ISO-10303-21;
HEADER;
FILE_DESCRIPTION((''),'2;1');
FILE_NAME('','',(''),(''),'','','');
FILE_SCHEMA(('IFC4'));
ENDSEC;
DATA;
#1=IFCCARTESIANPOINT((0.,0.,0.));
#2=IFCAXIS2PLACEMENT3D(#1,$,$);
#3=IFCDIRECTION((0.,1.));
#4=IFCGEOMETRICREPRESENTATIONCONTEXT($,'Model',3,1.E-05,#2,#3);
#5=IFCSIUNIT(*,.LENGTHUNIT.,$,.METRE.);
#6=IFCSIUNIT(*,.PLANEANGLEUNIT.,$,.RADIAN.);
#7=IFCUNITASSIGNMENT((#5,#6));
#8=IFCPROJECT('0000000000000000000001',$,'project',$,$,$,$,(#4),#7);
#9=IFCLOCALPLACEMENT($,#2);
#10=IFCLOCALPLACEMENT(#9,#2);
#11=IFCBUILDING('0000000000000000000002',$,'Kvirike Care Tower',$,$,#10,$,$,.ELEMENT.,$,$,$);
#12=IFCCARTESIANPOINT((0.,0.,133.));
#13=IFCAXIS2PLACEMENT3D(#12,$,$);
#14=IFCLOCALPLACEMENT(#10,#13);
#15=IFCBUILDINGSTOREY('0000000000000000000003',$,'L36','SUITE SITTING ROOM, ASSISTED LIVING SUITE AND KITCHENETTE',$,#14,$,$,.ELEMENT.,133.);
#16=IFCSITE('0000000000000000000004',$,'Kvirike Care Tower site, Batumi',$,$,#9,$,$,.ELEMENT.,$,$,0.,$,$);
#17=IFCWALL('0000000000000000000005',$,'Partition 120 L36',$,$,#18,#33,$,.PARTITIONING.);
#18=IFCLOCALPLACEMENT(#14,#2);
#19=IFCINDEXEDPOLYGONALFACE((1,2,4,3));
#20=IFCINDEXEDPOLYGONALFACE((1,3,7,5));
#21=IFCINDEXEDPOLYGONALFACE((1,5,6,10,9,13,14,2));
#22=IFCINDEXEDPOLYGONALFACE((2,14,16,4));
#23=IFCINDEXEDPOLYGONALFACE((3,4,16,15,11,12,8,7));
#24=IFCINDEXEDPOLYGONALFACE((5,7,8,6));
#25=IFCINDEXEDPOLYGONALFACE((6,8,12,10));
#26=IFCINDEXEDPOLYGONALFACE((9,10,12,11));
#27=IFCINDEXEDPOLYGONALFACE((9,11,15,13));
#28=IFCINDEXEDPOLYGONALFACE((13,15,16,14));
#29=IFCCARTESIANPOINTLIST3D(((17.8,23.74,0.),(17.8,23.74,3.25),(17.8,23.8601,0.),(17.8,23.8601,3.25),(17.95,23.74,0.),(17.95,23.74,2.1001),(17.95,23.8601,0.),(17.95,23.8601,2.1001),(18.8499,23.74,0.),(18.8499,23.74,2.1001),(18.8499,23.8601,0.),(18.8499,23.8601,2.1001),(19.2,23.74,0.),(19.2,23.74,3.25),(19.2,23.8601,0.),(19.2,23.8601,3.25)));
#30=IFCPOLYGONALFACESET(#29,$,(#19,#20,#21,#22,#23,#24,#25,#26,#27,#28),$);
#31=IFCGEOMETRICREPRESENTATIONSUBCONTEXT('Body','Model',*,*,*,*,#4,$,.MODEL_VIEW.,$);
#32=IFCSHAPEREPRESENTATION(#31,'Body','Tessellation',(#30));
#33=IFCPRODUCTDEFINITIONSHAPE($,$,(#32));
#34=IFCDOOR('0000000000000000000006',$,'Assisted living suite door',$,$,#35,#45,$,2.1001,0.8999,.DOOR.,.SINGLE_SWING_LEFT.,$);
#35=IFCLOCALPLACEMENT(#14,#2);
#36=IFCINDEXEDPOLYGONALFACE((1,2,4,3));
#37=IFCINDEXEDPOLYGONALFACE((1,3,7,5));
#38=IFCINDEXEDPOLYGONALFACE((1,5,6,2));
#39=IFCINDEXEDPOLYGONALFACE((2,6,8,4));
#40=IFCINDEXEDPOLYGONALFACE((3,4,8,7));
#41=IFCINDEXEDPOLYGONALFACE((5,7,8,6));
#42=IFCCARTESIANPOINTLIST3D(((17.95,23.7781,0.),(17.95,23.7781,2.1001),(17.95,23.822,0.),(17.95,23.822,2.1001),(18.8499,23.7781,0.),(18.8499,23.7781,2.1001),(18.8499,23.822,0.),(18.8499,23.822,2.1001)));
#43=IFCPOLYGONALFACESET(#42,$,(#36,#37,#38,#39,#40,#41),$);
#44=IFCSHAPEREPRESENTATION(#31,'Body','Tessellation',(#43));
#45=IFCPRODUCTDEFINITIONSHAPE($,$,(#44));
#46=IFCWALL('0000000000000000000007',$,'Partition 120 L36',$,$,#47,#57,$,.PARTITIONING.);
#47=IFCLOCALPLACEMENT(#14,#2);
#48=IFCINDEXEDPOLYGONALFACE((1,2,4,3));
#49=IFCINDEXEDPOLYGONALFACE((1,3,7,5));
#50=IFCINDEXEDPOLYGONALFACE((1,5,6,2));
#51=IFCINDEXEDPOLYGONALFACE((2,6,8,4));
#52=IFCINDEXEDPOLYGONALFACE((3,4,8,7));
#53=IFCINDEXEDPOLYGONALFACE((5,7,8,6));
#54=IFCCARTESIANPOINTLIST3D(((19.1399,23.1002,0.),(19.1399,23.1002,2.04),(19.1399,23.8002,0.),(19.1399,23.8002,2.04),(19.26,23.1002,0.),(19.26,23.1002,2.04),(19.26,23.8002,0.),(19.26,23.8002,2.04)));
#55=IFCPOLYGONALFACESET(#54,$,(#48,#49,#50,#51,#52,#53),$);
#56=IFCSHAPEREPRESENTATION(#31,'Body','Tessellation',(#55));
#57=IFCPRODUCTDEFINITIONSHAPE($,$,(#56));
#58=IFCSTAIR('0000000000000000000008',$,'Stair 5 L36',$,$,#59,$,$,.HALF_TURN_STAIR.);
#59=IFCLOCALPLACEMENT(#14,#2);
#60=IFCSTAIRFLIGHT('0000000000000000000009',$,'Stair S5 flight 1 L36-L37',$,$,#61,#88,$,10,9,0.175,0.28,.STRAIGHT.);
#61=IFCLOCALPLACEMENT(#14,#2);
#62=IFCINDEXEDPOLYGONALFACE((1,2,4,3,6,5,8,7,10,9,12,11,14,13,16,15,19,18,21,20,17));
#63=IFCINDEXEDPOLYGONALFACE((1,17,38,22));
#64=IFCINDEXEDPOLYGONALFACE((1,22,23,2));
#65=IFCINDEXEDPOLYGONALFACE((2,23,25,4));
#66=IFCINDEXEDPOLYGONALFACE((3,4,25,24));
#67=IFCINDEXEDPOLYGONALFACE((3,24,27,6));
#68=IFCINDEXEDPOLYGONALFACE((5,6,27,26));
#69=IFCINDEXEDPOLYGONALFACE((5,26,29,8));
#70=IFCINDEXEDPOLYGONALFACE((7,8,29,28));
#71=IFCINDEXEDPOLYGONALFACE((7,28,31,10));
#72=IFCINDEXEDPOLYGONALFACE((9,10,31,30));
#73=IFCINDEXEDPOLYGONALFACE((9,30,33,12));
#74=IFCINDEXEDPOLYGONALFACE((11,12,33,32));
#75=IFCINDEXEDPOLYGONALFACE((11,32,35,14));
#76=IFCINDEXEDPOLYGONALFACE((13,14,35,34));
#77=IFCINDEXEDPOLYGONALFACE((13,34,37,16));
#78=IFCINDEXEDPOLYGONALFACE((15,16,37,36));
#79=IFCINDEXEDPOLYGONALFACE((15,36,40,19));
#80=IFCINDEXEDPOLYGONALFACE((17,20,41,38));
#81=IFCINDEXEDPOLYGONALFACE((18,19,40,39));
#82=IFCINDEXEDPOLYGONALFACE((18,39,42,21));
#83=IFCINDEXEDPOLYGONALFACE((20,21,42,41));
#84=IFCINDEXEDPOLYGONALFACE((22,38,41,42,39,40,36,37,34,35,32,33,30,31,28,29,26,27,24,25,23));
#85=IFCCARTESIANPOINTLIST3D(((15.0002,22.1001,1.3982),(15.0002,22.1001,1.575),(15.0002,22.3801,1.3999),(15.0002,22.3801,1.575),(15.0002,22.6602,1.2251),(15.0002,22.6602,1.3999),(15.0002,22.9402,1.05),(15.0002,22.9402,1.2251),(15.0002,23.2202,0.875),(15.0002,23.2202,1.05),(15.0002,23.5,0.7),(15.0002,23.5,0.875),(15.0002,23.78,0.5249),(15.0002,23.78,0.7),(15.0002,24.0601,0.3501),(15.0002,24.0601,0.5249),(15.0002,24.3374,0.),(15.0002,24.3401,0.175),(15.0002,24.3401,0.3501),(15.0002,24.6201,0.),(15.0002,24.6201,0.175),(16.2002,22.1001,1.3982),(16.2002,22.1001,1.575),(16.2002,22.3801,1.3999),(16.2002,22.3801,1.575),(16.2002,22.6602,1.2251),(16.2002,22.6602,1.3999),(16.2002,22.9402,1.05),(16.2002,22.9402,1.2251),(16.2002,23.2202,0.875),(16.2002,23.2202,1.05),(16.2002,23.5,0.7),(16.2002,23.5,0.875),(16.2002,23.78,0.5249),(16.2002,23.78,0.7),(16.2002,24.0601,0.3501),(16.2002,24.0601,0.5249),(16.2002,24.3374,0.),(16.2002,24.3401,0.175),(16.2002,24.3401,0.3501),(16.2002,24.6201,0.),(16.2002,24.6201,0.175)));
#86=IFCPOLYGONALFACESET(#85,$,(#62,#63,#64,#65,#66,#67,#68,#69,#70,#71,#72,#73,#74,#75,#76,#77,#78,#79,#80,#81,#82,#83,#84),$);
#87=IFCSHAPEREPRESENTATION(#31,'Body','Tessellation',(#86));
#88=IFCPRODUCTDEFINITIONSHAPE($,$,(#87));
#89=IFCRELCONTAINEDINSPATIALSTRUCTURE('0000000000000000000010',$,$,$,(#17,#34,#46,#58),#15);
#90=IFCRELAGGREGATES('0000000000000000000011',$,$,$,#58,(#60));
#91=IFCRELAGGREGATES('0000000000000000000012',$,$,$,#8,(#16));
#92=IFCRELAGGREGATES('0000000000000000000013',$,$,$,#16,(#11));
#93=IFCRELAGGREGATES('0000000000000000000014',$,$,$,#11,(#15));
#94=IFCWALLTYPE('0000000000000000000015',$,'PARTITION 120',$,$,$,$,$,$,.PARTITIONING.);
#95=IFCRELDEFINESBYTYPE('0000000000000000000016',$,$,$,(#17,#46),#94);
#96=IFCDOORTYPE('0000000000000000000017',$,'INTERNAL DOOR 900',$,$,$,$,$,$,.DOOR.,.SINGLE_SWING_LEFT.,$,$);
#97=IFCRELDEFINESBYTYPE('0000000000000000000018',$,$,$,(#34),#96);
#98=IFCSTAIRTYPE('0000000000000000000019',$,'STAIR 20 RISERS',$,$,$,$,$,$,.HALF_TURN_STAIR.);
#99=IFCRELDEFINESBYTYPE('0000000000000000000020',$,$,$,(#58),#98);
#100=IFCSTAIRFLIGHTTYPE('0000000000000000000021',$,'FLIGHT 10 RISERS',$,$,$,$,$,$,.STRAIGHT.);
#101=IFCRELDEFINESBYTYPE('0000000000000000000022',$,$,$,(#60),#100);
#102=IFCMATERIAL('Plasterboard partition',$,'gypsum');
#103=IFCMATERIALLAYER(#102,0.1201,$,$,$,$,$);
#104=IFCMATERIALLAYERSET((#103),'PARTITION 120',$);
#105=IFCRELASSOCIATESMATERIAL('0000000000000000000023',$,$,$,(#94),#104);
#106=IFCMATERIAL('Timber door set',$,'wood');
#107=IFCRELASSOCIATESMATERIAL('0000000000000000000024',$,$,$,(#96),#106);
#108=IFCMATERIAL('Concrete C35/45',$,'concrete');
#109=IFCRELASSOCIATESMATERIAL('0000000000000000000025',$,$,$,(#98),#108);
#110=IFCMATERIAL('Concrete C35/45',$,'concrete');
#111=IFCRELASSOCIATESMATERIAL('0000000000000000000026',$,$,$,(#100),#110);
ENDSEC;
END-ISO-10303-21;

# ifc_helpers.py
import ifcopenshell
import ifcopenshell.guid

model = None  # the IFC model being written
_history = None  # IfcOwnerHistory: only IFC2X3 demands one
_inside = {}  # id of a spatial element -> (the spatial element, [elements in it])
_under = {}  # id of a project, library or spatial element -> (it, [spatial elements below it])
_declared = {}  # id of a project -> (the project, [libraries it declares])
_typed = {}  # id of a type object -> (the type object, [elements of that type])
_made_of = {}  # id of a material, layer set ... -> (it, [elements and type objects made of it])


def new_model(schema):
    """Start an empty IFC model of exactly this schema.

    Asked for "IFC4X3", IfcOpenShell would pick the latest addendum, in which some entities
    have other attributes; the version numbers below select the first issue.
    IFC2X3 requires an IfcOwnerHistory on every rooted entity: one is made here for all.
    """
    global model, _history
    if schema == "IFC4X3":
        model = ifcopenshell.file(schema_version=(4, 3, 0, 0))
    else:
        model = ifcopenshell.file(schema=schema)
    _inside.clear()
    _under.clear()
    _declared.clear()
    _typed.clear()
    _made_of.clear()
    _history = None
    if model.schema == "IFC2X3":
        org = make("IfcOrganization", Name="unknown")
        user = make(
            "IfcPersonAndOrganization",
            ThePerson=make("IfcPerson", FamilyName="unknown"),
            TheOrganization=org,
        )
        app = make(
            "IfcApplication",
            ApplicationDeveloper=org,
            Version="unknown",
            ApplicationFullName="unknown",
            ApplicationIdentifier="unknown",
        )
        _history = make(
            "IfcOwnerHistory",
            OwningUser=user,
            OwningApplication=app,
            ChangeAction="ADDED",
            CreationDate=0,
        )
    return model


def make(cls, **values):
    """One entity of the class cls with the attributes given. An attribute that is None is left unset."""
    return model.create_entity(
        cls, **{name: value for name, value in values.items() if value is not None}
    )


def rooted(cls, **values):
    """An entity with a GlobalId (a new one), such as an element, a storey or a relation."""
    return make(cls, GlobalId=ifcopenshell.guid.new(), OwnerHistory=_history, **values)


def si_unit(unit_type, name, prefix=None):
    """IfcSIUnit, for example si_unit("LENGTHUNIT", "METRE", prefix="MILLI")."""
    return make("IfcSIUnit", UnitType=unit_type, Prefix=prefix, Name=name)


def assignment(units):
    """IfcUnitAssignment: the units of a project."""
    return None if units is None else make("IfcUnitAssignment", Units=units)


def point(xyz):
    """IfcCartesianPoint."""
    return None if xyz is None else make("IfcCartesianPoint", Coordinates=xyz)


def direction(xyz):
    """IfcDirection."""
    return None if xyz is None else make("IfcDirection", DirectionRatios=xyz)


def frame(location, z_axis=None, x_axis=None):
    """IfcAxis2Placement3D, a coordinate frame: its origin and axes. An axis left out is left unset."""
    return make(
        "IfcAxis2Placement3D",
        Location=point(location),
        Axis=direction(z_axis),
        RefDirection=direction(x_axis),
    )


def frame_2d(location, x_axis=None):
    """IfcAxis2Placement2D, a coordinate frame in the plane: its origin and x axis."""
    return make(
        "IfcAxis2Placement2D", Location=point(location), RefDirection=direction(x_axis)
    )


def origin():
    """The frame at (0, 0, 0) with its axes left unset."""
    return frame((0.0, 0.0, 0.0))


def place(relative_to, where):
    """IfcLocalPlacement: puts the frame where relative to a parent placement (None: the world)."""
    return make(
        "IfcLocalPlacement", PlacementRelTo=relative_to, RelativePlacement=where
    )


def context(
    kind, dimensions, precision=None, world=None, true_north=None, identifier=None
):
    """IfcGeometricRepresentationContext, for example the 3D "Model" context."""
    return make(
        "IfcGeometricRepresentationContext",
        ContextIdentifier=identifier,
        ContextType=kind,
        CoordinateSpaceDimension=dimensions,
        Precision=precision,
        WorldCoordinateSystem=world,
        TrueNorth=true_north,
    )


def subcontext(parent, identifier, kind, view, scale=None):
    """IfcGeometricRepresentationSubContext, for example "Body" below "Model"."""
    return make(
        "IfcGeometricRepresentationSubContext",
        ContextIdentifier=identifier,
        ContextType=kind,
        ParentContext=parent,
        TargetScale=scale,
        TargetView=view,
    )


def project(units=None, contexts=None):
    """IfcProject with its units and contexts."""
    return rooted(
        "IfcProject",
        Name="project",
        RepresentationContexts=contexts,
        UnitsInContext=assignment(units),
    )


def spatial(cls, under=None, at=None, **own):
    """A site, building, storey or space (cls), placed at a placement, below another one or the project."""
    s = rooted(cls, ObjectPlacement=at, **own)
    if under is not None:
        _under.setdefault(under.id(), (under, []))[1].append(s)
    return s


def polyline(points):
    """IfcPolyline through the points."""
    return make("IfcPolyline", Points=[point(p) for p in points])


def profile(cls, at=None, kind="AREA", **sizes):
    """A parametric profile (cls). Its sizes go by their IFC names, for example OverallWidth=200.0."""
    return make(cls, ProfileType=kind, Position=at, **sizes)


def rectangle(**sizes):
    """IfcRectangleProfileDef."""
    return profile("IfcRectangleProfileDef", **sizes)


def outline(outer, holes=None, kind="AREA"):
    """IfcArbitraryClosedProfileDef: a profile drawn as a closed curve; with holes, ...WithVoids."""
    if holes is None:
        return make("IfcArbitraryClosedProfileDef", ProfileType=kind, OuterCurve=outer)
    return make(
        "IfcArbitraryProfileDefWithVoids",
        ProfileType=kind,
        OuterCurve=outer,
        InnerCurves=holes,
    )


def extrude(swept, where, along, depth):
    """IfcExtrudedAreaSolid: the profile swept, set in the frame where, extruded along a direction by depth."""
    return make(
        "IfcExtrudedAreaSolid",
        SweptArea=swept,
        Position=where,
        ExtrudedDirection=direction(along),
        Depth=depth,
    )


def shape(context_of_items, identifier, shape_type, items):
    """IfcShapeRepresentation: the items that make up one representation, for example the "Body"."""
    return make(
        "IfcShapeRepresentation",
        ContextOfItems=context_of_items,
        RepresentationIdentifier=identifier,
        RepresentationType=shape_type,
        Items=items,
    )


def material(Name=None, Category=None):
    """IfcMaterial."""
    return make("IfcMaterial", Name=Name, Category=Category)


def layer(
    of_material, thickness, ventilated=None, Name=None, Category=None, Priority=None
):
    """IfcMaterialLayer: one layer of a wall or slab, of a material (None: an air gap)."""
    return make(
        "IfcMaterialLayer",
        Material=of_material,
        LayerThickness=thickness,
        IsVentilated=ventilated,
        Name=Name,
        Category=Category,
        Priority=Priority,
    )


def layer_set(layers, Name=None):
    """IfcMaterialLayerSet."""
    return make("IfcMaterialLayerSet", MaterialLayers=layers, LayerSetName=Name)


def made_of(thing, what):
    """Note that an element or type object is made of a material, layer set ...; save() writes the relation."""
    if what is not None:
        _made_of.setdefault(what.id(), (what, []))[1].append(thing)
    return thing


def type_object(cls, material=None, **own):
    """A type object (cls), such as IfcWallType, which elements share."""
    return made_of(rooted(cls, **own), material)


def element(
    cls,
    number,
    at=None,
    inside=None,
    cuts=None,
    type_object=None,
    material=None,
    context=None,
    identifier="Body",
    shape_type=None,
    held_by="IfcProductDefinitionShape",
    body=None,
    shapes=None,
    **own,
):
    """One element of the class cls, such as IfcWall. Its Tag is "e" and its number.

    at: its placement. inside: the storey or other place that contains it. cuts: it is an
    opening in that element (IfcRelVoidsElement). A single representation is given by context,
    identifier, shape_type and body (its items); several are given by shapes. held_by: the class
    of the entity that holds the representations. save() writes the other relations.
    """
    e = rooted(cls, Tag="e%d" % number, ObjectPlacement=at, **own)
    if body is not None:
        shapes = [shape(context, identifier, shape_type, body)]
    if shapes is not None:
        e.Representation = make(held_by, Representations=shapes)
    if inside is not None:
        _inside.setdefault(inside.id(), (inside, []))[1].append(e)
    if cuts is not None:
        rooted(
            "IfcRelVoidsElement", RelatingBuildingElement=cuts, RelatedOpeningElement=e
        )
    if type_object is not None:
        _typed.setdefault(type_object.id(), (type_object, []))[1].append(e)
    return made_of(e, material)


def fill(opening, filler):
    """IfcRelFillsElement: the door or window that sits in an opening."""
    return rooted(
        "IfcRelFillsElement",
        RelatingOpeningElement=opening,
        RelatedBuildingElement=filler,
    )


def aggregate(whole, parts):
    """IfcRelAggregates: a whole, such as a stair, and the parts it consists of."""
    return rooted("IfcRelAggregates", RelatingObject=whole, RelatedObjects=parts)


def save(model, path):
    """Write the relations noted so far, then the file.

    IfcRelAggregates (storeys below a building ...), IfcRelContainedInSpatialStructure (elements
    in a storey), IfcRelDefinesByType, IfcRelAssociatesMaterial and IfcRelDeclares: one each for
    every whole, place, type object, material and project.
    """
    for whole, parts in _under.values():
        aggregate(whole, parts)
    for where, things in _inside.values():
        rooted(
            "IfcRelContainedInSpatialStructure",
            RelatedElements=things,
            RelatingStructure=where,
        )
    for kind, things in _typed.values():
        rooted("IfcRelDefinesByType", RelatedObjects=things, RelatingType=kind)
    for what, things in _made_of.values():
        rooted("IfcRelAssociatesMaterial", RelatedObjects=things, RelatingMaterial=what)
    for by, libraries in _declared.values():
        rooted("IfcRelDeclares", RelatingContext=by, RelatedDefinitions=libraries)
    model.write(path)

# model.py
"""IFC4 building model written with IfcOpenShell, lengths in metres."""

from ifc_helpers import new_model, si_unit, direction, frame, frame_2d, origin, place, context, subcontext, project, spatial, polyline, rectangle, outline, extrude, material, layer, layer_set, type_object, element, fill, aggregate, save


model = new_model("IFC4")

# Units and contexts
model_context = context("Model", 3, precision=1e-05, world=origin(), true_north=direction((0.0, 1.0)))
body_context = subcontext(model_context, "Body", "Model", "MODEL_VIEW")
ifc_project = project(units=[si_unit("LENGTHUNIT", "METRE"), si_unit("PLANEANGLEUNIT", "RADIAN")], contexts=[model_context])

# Site, building, storey
site_placement = place(None, origin())
site = spatial("IfcSite", under=ifc_project, at=site_placement, Name="Kvirike Care Tower site, Batumi", CompositionType="ELEMENT", RefElevation=0.0)
building_placement = place(site_placement, origin())
building = spatial("IfcBuilding", under=site, at=building_placement, Name="Kvirike Care Tower", CompositionType="ELEMENT")
storey_placement = place(building_placement, frame((0.0, 0.0, 133.0)))
storey = spatial("IfcBuildingStorey", under=building, at=storey_placement, Name="L36", Description="SUITE SITTING ROOM, ASSISTED LIVING SUITE AND KITCHENETTE", CompositionType="ELEMENT", Elevation=133.0)

# Wall, opening, door
ifc_material_1 = material(Name="Plasterboard partition", Category="gypsum")
ifc_layer_1 = layer(ifc_material_1, 0.1201)
ifc_layer_set_1 = layer_set([ifc_layer_1], Name="PARTITION 120")
wall_type_1 = type_object("IfcWallType", Name="PARTITION 120", PredefinedType="PARTITIONING", material=ifc_layer_set_1)
wall_1_placement = place(storey_placement, frame((17.8, 23.8, 0.0), z_axis=(0.0, 0.0, 1.0), x_axis=(1.0, 0.0, 0.0)))
wall_1 = element("IfcWall", 1, at=wall_1_placement, inside=storey, type_object=wall_type_1, Name="Partition 120 L36", PredefinedType="PARTITIONING", context=body_context, shape_type="SweptSolid", body=[
    extrude(rectangle(XDim=1.3999, YDim=0.1201, at=frame_2d((0.7, 0.0))), origin(), (0.0, 0.0, 1.0), 3.25),
])
opening_placement = place(wall_1_placement, frame((0.1499, 0.0, 0.0)))
opening = element("IfcOpeningElement", 2, at=opening_placement, cuts=wall_1, PredefinedType="OPENING", context=body_context, shape_type="SweptSolid", body=[
    extrude(rectangle(XDim=0.8999, YDim=2.1001, at=frame_2d((0.45, 1.05))), frame((0.0, 0.0706, 0.0), z_axis=(0.0, -1.0, 0.0), x_axis=(1.0, 0.0, 0.0)), (0.0, 0.0, 1.0), 0.1411),
])
ifc_material_2 = material(Name="Timber door set", Category="wood")
door_type = type_object("IfcDoorType", Name="INTERNAL DOOR 900", OperationType="SINGLE_SWING_LEFT", PredefinedType="DOOR", material=ifc_material_2)
door_placement = place(opening_placement, frame((0.8999, 0.0, 0.0), z_axis=(0.0, 0.0, 1.0), x_axis=(-1.0, 0.0, 0.0)))
door = element("IfcDoor", 3, at=door_placement, inside=storey, type_object=door_type, Name="Assisted living suite door", OperationType="SINGLE_SWING_LEFT", OverallHeight=2.1001, OverallWidth=0.8999, PredefinedType="DOOR", context=body_context, shape_type="SweptSolid", body=[
    extrude(rectangle(XDim=0.8999, YDim=2.1001, at=frame_2d((0.45, 1.05))), frame((0.0, 0.022, 0.0), z_axis=(0.0, -1.0, 0.0), x_axis=(1.0, 0.0, 0.0)), (0.0, 0.0, 1.0), 0.0439),
])
fill(opening, door)

# Wall
wall_2_placement = place(storey_placement, frame((19.2, 23.1001, 0.0), z_axis=(0.0, 0.0, 1.0), x_axis=(0.0, 1.0, 0.0)))
element("IfcWall", 4, at=wall_2_placement, inside=storey, type_object=wall_type_1, Name="Partition 120 L36", PredefinedType="PARTITIONING", context=body_context, shape_type="SweptSolid", body=[
    extrude(rectangle(XDim=0.7, YDim=0.1201, at=frame_2d((0.3501, 0.0))), origin(), (0.0, 0.0, 1.0), 2.04),
])

# Stair, stair flight
ifc_material_3 = material(Name="Concrete C35/45", Category="concrete")
stair_type = type_object("IfcStairType", Name="STAIR 20 RISERS", PredefinedType="HALF_TURN_STAIR", material=ifc_material_3)
stair_placement = place(storey_placement, origin())
stair = element("IfcStair", 5, at=stair_placement, inside=storey, type_object=stair_type, Name="Stair 5 L36", PredefinedType="HALF_TURN_STAIR")
ifc_material_4 = material(Name="Concrete C35/45", Category="concrete")
stair_flight_type = type_object("IfcStairFlightType", Name="FLIGHT 10 RISERS", PredefinedType="STRAIGHT", material=ifc_material_4)
stair_flight_placement = place(storey_placement, frame((15.6001, 24.6201, 0.0), z_axis=(0.0, 0.0, 1.0), x_axis=(0.0, -1.0, 0.0)))
stair_flight = element("IfcStairFlight", 6, at=stair_flight_placement, type_object=stair_flight_type, Name="Stair S5 flight 1 L36-L37", NumberOfRisers=10, NumberOfTreads=9, PredefinedType="STRAIGHT", RiserHeight=0.175, TreadLength=0.28, context=body_context, shape_type="SweptSolid", body=[
    extrude(outline(polyline([(0.0, 0.0), (0.0, 0.175), (0.28, 0.175), (0.28, 0.3501), (0.5601, 0.3501), (0.5601, 0.5249), (0.8401, 0.5249), (0.8401, 0.7), (1.1201, 0.7), (1.1201, 0.875), (1.3999, 0.875), (1.3999, 1.05), (1.6799, 1.05), (1.6799, 1.2251), (1.96, 1.2251), (1.96, 1.3999), (2.24, 1.3999), (2.24, 1.575), (2.52, 1.575), (2.52, 1.75), (2.52, 1.3982), (0.2827, 0.0), (0.0, 0.0)])), frame((0.0, 0.6001, 0.0), z_axis=(0.0, -1.0, 0.0), x_axis=(1.0, 0.0, 0.0)), (0.0, 0.0, 1.0), 1.2),
])
aggregate(stair, [stair_flight])

save(model, "model.ifc")
